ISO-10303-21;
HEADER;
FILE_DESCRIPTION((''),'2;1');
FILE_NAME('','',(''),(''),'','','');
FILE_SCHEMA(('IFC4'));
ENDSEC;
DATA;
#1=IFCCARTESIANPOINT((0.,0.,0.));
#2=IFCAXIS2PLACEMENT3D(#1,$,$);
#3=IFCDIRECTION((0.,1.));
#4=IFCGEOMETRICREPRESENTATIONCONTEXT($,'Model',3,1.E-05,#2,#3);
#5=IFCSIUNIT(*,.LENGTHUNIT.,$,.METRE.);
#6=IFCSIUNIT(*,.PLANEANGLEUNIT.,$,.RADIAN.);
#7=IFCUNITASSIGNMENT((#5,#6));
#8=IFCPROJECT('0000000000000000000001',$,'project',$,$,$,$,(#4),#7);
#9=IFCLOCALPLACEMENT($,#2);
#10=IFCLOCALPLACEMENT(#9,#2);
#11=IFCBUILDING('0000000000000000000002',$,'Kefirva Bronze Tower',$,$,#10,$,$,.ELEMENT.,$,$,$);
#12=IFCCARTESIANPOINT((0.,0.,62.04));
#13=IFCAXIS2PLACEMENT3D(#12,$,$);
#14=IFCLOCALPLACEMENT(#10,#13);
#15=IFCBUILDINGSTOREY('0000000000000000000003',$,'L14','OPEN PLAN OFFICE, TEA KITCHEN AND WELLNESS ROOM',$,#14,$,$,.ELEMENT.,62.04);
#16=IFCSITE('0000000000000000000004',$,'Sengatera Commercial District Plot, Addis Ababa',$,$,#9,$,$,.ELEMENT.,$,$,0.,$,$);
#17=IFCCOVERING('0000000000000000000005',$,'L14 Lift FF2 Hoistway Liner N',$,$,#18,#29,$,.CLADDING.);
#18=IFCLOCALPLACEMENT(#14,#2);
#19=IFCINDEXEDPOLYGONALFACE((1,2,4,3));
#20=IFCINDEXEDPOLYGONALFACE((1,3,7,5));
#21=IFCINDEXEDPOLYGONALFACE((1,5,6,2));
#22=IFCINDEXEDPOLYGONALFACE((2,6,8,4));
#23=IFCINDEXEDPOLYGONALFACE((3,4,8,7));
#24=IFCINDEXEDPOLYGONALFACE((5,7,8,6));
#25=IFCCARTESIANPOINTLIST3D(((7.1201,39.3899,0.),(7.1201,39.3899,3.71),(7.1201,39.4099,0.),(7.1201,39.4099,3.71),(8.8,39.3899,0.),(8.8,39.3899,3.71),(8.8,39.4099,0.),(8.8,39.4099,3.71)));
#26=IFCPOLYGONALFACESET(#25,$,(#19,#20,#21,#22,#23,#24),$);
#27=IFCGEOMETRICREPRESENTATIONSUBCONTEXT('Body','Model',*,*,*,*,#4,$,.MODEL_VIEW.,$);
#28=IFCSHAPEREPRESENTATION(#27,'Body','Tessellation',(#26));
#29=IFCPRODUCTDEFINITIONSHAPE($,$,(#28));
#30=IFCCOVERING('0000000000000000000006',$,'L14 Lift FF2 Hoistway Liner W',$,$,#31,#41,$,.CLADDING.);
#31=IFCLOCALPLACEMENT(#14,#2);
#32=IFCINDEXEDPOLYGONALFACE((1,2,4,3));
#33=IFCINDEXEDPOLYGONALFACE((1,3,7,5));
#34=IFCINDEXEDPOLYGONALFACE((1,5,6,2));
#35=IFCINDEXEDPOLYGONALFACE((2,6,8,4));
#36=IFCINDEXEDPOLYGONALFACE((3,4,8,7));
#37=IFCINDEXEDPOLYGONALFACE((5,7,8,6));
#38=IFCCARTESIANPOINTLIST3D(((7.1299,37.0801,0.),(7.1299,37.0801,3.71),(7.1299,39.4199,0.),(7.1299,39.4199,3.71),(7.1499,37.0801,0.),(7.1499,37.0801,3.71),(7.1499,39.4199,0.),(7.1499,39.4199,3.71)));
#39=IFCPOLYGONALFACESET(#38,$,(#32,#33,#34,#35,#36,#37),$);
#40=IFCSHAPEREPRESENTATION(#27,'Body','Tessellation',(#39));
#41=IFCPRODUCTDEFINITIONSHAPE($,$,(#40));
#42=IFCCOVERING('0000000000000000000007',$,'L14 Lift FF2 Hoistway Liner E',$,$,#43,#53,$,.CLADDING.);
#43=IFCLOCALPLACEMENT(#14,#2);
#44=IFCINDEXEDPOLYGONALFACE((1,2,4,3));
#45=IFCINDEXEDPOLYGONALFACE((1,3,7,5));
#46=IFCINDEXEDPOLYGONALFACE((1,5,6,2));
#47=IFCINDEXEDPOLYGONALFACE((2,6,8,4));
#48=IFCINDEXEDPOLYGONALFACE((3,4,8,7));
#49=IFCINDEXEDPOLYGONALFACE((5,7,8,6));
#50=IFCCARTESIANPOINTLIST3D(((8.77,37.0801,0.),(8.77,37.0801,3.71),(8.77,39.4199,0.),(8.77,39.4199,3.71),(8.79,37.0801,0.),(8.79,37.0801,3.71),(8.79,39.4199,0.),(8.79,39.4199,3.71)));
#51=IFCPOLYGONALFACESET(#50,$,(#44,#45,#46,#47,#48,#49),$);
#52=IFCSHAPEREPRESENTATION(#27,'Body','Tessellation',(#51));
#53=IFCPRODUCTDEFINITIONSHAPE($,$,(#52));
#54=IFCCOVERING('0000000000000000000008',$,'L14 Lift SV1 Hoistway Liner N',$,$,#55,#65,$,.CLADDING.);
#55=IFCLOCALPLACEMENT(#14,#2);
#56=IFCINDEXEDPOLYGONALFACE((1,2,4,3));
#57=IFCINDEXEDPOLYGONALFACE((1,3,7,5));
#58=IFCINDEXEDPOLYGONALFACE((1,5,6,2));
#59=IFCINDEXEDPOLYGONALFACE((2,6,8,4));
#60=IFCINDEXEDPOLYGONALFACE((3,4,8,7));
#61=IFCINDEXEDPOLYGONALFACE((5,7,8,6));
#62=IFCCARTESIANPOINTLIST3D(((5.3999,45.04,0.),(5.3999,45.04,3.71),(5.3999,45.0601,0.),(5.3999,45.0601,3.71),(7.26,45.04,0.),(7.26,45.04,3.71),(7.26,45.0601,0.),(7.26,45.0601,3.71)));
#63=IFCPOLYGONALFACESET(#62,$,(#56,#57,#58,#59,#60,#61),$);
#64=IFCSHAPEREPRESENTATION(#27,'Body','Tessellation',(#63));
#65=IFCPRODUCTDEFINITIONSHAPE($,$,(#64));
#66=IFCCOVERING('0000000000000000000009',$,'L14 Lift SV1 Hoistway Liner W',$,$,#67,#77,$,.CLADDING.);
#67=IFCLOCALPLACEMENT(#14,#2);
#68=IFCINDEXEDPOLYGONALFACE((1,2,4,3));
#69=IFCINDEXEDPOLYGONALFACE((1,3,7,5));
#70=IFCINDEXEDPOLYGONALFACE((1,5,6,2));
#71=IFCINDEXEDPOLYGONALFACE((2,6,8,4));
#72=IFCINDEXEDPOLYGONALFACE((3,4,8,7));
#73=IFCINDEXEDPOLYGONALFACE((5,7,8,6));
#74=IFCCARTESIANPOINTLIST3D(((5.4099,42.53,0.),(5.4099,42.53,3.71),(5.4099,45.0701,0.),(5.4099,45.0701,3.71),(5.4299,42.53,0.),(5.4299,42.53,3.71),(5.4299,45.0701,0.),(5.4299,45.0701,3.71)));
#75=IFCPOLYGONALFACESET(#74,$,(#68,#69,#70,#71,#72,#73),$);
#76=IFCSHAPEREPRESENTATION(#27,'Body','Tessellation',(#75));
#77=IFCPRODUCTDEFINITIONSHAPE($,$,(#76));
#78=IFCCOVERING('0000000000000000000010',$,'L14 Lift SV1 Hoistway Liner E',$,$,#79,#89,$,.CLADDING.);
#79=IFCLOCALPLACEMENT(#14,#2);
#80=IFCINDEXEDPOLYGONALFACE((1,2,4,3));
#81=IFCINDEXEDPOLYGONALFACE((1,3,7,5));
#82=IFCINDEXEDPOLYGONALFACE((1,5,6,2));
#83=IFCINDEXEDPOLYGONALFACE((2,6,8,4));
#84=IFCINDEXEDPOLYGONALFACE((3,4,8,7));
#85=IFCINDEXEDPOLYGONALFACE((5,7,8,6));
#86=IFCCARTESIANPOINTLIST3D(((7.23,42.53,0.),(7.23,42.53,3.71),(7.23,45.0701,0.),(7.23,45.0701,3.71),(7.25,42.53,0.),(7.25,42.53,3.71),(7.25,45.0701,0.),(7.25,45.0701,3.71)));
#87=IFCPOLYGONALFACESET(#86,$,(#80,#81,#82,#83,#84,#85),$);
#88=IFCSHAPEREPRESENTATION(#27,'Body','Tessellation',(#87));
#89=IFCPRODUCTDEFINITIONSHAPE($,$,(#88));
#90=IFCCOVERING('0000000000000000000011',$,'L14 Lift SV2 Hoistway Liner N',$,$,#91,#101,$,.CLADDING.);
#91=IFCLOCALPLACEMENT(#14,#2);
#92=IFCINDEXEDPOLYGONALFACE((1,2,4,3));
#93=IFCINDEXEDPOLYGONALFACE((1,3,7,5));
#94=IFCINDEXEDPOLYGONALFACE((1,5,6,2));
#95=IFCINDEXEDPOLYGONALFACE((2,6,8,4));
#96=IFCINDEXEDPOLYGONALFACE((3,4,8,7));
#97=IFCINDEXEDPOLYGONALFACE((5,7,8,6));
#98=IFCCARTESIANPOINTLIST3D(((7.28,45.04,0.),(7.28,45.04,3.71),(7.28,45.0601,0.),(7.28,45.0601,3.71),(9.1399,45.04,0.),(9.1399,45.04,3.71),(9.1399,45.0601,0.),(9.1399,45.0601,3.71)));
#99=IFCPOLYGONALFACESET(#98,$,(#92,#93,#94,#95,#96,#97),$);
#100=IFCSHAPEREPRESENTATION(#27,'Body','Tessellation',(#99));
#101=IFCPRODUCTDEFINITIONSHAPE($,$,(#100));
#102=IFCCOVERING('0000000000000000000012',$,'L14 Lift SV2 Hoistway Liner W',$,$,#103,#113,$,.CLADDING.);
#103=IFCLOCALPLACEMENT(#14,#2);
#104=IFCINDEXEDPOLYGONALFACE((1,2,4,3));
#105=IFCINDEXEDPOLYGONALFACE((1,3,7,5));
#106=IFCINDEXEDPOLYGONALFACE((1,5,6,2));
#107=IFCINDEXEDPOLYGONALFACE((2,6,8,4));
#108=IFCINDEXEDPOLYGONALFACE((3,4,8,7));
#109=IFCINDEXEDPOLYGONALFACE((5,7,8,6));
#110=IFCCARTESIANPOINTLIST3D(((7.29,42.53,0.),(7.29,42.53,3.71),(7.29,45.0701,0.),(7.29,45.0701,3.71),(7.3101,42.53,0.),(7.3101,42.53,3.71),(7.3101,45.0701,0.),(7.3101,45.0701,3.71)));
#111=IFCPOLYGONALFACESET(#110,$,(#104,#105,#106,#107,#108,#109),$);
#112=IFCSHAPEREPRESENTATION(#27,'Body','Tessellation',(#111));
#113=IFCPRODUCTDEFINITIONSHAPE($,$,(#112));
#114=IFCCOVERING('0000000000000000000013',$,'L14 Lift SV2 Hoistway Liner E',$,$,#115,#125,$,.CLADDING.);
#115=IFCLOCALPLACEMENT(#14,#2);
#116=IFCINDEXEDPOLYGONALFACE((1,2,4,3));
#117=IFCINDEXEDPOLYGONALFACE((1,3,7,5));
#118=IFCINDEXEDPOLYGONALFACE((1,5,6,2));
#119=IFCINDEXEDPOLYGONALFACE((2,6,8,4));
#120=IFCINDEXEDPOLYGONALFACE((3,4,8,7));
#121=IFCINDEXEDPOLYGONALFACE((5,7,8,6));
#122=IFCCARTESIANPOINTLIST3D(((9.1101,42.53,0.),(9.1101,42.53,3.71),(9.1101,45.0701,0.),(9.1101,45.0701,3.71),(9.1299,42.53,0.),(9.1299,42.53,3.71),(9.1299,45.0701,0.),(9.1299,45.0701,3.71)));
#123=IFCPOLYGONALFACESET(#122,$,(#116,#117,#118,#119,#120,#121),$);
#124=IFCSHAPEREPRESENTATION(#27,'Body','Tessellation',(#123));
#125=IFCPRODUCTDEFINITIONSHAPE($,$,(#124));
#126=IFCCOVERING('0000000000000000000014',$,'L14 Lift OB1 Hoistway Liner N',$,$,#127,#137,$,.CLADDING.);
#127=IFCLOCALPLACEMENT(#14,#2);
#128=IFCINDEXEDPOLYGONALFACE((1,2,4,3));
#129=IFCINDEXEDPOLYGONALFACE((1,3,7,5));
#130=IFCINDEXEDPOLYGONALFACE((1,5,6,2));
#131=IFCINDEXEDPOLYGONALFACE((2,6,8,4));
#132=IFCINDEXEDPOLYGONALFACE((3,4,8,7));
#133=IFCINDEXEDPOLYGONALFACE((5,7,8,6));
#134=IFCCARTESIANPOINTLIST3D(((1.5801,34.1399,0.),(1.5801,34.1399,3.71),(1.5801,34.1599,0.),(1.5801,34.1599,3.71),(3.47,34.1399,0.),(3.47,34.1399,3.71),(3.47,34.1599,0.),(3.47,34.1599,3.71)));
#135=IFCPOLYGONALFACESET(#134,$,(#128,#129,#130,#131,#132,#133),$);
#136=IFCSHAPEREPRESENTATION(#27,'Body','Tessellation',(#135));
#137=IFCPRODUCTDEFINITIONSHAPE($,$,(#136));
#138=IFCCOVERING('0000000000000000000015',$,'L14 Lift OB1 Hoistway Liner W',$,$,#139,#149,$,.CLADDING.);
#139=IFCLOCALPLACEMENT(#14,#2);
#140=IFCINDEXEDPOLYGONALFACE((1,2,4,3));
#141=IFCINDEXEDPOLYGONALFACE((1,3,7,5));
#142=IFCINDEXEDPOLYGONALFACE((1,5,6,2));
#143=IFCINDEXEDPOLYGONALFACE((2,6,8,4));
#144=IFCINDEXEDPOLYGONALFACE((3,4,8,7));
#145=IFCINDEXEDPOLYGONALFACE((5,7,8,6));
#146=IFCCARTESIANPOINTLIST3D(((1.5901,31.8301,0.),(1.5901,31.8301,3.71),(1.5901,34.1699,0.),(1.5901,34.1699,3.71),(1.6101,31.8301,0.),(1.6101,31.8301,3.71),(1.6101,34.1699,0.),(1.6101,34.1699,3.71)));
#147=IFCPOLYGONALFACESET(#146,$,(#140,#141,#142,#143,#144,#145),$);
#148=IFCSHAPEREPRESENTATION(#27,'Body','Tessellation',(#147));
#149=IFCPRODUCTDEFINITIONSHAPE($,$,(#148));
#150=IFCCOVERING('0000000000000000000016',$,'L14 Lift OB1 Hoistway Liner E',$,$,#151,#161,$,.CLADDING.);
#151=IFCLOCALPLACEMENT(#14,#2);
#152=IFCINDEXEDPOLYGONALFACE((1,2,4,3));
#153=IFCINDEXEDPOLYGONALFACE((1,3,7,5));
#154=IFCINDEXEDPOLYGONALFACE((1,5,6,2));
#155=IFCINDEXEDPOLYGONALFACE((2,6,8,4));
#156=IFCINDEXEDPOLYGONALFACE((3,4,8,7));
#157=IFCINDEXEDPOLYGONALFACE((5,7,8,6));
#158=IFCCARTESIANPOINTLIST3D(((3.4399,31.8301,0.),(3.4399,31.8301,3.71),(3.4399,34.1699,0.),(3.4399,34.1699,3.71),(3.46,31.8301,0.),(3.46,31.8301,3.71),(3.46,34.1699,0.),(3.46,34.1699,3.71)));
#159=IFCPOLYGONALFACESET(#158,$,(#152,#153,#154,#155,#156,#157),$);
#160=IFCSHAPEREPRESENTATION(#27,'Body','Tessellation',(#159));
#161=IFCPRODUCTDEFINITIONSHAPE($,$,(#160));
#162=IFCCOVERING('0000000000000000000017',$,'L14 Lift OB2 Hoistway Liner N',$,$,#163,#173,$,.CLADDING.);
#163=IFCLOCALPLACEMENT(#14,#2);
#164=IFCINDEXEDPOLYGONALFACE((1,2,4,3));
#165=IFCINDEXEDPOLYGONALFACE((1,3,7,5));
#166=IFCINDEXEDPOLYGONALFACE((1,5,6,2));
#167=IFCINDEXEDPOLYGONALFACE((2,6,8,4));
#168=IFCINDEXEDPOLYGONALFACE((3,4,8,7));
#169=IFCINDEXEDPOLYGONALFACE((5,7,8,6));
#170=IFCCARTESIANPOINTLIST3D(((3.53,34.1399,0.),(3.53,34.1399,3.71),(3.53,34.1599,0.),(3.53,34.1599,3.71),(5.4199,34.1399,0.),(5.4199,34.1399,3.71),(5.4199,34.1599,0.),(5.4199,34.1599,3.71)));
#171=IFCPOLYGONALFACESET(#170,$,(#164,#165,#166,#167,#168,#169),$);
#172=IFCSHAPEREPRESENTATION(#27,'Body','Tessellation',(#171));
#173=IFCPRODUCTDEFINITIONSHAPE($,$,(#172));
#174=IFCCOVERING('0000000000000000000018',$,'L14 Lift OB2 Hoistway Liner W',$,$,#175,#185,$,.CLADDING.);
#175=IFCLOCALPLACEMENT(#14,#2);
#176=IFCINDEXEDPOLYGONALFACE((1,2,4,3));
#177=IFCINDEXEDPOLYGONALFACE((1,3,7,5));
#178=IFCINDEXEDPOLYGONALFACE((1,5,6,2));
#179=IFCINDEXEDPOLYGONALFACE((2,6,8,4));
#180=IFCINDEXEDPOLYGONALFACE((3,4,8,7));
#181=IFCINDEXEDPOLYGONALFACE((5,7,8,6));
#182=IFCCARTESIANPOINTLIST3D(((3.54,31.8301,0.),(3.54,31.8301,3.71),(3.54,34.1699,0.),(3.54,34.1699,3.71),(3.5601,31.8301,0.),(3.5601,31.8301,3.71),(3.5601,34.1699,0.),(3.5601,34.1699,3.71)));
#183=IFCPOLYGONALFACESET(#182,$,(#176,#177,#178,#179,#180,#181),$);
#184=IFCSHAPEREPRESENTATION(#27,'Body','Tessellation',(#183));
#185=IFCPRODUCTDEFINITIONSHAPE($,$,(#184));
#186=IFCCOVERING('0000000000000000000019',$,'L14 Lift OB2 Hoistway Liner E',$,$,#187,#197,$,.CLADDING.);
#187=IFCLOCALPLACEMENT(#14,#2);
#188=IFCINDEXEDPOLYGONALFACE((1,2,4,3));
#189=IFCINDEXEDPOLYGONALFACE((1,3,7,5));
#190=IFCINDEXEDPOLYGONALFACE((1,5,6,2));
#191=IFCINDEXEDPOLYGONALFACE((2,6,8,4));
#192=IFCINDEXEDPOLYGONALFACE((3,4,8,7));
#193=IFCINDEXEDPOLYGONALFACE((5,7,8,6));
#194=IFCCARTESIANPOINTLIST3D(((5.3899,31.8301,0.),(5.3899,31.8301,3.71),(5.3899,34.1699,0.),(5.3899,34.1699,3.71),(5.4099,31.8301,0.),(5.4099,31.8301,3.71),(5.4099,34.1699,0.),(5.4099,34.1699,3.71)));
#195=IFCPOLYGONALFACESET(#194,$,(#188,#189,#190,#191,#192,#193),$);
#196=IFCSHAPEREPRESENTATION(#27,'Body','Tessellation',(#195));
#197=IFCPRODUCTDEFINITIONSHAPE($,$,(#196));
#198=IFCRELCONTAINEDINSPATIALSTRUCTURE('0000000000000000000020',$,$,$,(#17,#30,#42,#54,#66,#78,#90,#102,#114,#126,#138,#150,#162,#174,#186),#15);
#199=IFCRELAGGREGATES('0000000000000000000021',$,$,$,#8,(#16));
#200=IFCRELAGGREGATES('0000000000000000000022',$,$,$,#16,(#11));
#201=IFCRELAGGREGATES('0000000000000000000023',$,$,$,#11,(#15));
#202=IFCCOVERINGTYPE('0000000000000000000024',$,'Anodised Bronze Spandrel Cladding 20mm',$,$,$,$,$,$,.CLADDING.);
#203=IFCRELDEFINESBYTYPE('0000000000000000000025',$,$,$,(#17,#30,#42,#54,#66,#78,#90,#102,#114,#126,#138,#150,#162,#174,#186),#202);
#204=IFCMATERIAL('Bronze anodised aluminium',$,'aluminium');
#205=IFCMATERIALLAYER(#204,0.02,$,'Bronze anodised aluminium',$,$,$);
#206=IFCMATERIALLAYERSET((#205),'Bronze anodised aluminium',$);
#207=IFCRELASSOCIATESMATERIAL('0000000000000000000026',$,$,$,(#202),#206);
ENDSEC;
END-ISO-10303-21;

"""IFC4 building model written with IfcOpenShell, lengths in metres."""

from ifc_helpers import new_model, si_unit, direction, frame, origin, place, context, subcontext, project, spatial, polyline, outline, extrude, material, layer, layer_set, type_object, element, save


model = new_model("IFC4")

# Units and contexts
model_context = context("Model", 3, precision=1e-05, world=origin(), true_north=direction((0.0, 1.0)))
body_context = subcontext(model_context, "Body", "Model", "MODEL_VIEW")
ifc_project = project(units=[si_unit("LENGTHUNIT", "METRE"), si_unit("PLANEANGLEUNIT", "RADIAN")], contexts=[model_context])

# Site, building, storey
site_placement = place(None, origin())
site = spatial("IfcSite", under=ifc_project, at=site_placement, Name="Sengatera Commercial District Plot, Addis Ababa", CompositionType="ELEMENT", RefElevation=0.0)
building_placement = place(site_placement, origin())
building = spatial("IfcBuilding", under=site, at=building_placement, Name="Kefirva Bronze Tower", CompositionType="ELEMENT")
storey_placement = place(building_placement, frame((0.0, 0.0, 62.04)))
storey = spatial("IfcBuildingStorey", under=building, at=storey_placement, Name="L14", Description="OPEN PLAN OFFICE, TEA KITCHEN AND WELLNESS ROOM", CompositionType="ELEMENT", Elevation=62.04)

# Coverings
ifc_material_1 = material(Name="Bronze anodised aluminium", Category="aluminium")
ifc_layer_1 = layer(ifc_material_1, 0.02, Name="Bronze anodised aluminium")
ifc_layer_set_1 = layer_set([ifc_layer_1], Name="Bronze anodised aluminium")
covering_type = type_object("IfcCoveringType", Name="Anodised Bronze Spandrel Cladding 20mm", PredefinedType="CLADDING", material=ifc_layer_set_1)
covering_1_placement = place(storey_placement, origin())
element("IfcCovering", 1, at=covering_1_placement, inside=storey, type_object=covering_type, Name="L14 Lift FF2 Hoistway Liner N", PredefinedType="CLADDING", context=body_context, shape_type="SweptSolid", body=[
    extrude(outline(polyline([(7.1201, 39.3899), (8.8, 39.3899), (8.8, 39.4099), (7.1201, 39.4099), (7.1201, 39.3899)])), origin(), (0.0, 0.0, 1.0), 3.71),
])
covering_2_placement = place(storey_placement, origin())
element("IfcCovering", 2, at=covering_2_placement, inside=storey, type_object=covering_type, Name="L14 Lift FF2 Hoistway Liner W", PredefinedType="CLADDING", context=body_context, shape_type="SweptSolid", body=[
    extrude(outline(polyline([(7.1299, 37.0801), (7.1499, 37.0801), (7.1499, 39.4199), (7.1299, 39.4199), (7.1299, 37.0801)])), origin(), (0.0, 0.0, 1.0), 3.71),
])
covering_3_placement = place(storey_placement, origin())
element("IfcCovering", 3, at=covering_3_placement, inside=storey, type_object=covering_type, Name="L14 Lift FF2 Hoistway Liner E", PredefinedType="CLADDING", context=body_context, shape_type="SweptSolid", body=[
    extrude(outline(polyline([(8.77, 37.0801), (8.79, 37.0801), (8.79, 39.4199), (8.77, 39.4199), (8.77, 37.0801)])), origin(), (0.0, 0.0, 1.0), 3.71),
])
covering_4_placement = place(storey_placement, origin())
element("IfcCovering", 4, at=covering_4_placement, inside=storey, type_object=covering_type, Name="L14 Lift SV1 Hoistway Liner N", PredefinedType="CLADDING", context=body_context, shape_type="SweptSolid", body=[
    extrude(outline(polyline([(5.3999, 45.04), (7.26, 45.04), (7.26, 45.0601), (5.3999, 45.0601), (5.3999, 45.04)])), origin(), (0.0, 0.0, 1.0), 3.71),
])
covering_5_placement = place(storey_placement, origin())
element("IfcCovering", 5, at=covering_5_placement, inside=storey, type_object=covering_type, Name="L14 Lift SV1 Hoistway Liner W", PredefinedType="CLADDING", context=body_context, shape_type="SweptSolid", body=[
    extrude(outline(polyline([(5.4099, 42.53), (5.4299, 42.53), (5.4299, 45.0701), (5.4099, 45.0701), (5.4099, 42.53)])), origin(), (0.0, 0.0, 1.0), 3.71),
])
covering_6_placement = place(storey_placement, origin())
element("IfcCovering", 6, at=covering_6_placement, inside=storey, type_object=covering_type, Name="L14 Lift SV1 Hoistway Liner E", PredefinedType="CLADDING", context=body_context, shape_type="SweptSolid", body=[
    extrude(outline(polyline([(7.23, 42.53), (7.25, 42.53), (7.25, 45.0701), (7.23, 45.0701), (7.23, 42.53)])), origin(), (0.0, 0.0, 1.0), 3.71),
])
covering_7_placement = place(storey_placement, origin())
element("IfcCovering", 7, at=covering_7_placement, inside=storey, type_object=covering_type, Name="L14 Lift SV2 Hoistway Liner N", PredefinedType="CLADDING", context=body_context, shape_type="SweptSolid", body=[
    extrude(outline(polyline([(7.28, 45.04), (9.1399, 45.04), (9.1399, 45.0601), (7.28, 45.0601), (7.28, 45.04)])), origin(), (0.0, 0.0, 1.0), 3.71),
])
covering_8_placement = place(storey_placement, origin())
element("IfcCovering", 8, at=covering_8_placement, inside=storey, type_object=covering_type, Name="L14 Lift SV2 Hoistway Liner W", PredefinedType="CLADDING", context=body_context, shape_type="SweptSolid", body=[
    extrude(outline(polyline([(7.29, 42.53), (7.3101, 42.53), (7.3101, 45.0701), (7.29, 45.0701), (7.29, 42.53)])), origin(), (0.0, 0.0, 1.0), 3.71),
])
covering_9_placement = place(storey_placement, origin())
element("IfcCovering", 9, at=covering_9_placement, inside=storey, type_object=covering_type, Name="L14 Lift SV2 Hoistway Liner E", PredefinedType="CLADDING", context=body_context, shape_type="SweptSolid", body=[
    extrude(outline(polyline([(9.1101, 42.53), (9.1299, 42.53), (9.1299, 45.0701), (9.1101, 45.0701), (9.1101, 42.53)])), origin(), (0.0, 0.0, 1.0), 3.71),
])
covering_10_placement = place(storey_placement, origin())
element("IfcCovering", 10, at=covering_10_placement, inside=storey, type_object=covering_type, Name="L14 Lift OB1 Hoistway Liner N", PredefinedType="CLADDING", context=body_context, shape_type="SweptSolid", body=[
    extrude(outline(polyline([(1.5801, 34.1399), (3.47, 34.1399), (3.47, 34.1599), (1.5801, 34.1599), (1.5801, 34.1399)])), origin(), (0.0, 0.0, 1.0), 3.71),
])
covering_11_placement = place(storey_placement, origin())
element("IfcCovering", 11, at=covering_11_placement, inside=storey, type_object=covering_type, Name="L14 Lift OB1 Hoistway Liner W", PredefinedType="CLADDING", context=body_context, shape_type="SweptSolid", body=[
    extrude(outline(polyline([(1.5901, 31.8301), (1.6101, 31.8301), (1.6101, 34.1699), (1.5901, 34.1699), (1.5901, 31.8301)])), origin(), (0.0, 0.0, 1.0), 3.71),
])
covering_12_placement = place(storey_placement, origin())
element("IfcCovering", 12, at=covering_12_placement, inside=storey, type_object=covering_type, Name="L14 Lift OB1 Hoistway Liner E", PredefinedType="CLADDING", context=body_context, shape_type="SweptSolid", body=[
    extrude(outline(polyline([(3.4399, 31.8301), (3.46, 31.8301), (3.46, 34.1699), (3.4399, 34.1699), (3.4399, 31.8301)])), origin(), (0.0, 0.0, 1.0), 3.71),
])
covering_13_placement = place(storey_placement, origin())
element("IfcCovering", 13, at=covering_13_placement, inside=storey, type_object=covering_type, Name="L14 Lift OB2 Hoistway Liner N", PredefinedType="CLADDING", context=body_context, shape_type="SweptSolid", body=[
    extrude(outline(polyline([(3.53, 34.1399), (5.4199, 34.1399), (5.4199, 34.1599), (3.53, 34.1599), (3.53, 34.1399)])), origin(), (0.0, 0.0, 1.0), 3.71),
])
covering_14_placement = place(storey_placement, origin())
element("IfcCovering", 14, at=covering_14_placement, inside=storey, type_object=covering_type, Name="L14 Lift OB2 Hoistway Liner W", PredefinedType="CLADDING", context=body_context, shape_type="SweptSolid", body=[
    extrude(outline(polyline([(3.54, 31.8301), (3.5601, 31.8301), (3.5601, 34.1699), (3.54, 34.1699), (3.54, 31.8301)])), origin(), (0.0, 0.0, 1.0), 3.71),
])
covering_15_placement = place(storey_placement, origin())
element("IfcCovering", 15, at=covering_15_placement, inside=storey, type_object=covering_type, Name="L14 Lift OB2 Hoistway Liner E", PredefinedType="CLADDING", context=body_context, shape_type="SweptSolid", body=[
    extrude(outline(polyline([(5.3899, 31.8301), (5.4099, 31.8301), (5.4099, 34.1699), (5.3899, 34.1699), (5.3899, 31.8301)])), origin(), (0.0, 0.0, 1.0), 3.71),
])

save(model, "model.ifc")
